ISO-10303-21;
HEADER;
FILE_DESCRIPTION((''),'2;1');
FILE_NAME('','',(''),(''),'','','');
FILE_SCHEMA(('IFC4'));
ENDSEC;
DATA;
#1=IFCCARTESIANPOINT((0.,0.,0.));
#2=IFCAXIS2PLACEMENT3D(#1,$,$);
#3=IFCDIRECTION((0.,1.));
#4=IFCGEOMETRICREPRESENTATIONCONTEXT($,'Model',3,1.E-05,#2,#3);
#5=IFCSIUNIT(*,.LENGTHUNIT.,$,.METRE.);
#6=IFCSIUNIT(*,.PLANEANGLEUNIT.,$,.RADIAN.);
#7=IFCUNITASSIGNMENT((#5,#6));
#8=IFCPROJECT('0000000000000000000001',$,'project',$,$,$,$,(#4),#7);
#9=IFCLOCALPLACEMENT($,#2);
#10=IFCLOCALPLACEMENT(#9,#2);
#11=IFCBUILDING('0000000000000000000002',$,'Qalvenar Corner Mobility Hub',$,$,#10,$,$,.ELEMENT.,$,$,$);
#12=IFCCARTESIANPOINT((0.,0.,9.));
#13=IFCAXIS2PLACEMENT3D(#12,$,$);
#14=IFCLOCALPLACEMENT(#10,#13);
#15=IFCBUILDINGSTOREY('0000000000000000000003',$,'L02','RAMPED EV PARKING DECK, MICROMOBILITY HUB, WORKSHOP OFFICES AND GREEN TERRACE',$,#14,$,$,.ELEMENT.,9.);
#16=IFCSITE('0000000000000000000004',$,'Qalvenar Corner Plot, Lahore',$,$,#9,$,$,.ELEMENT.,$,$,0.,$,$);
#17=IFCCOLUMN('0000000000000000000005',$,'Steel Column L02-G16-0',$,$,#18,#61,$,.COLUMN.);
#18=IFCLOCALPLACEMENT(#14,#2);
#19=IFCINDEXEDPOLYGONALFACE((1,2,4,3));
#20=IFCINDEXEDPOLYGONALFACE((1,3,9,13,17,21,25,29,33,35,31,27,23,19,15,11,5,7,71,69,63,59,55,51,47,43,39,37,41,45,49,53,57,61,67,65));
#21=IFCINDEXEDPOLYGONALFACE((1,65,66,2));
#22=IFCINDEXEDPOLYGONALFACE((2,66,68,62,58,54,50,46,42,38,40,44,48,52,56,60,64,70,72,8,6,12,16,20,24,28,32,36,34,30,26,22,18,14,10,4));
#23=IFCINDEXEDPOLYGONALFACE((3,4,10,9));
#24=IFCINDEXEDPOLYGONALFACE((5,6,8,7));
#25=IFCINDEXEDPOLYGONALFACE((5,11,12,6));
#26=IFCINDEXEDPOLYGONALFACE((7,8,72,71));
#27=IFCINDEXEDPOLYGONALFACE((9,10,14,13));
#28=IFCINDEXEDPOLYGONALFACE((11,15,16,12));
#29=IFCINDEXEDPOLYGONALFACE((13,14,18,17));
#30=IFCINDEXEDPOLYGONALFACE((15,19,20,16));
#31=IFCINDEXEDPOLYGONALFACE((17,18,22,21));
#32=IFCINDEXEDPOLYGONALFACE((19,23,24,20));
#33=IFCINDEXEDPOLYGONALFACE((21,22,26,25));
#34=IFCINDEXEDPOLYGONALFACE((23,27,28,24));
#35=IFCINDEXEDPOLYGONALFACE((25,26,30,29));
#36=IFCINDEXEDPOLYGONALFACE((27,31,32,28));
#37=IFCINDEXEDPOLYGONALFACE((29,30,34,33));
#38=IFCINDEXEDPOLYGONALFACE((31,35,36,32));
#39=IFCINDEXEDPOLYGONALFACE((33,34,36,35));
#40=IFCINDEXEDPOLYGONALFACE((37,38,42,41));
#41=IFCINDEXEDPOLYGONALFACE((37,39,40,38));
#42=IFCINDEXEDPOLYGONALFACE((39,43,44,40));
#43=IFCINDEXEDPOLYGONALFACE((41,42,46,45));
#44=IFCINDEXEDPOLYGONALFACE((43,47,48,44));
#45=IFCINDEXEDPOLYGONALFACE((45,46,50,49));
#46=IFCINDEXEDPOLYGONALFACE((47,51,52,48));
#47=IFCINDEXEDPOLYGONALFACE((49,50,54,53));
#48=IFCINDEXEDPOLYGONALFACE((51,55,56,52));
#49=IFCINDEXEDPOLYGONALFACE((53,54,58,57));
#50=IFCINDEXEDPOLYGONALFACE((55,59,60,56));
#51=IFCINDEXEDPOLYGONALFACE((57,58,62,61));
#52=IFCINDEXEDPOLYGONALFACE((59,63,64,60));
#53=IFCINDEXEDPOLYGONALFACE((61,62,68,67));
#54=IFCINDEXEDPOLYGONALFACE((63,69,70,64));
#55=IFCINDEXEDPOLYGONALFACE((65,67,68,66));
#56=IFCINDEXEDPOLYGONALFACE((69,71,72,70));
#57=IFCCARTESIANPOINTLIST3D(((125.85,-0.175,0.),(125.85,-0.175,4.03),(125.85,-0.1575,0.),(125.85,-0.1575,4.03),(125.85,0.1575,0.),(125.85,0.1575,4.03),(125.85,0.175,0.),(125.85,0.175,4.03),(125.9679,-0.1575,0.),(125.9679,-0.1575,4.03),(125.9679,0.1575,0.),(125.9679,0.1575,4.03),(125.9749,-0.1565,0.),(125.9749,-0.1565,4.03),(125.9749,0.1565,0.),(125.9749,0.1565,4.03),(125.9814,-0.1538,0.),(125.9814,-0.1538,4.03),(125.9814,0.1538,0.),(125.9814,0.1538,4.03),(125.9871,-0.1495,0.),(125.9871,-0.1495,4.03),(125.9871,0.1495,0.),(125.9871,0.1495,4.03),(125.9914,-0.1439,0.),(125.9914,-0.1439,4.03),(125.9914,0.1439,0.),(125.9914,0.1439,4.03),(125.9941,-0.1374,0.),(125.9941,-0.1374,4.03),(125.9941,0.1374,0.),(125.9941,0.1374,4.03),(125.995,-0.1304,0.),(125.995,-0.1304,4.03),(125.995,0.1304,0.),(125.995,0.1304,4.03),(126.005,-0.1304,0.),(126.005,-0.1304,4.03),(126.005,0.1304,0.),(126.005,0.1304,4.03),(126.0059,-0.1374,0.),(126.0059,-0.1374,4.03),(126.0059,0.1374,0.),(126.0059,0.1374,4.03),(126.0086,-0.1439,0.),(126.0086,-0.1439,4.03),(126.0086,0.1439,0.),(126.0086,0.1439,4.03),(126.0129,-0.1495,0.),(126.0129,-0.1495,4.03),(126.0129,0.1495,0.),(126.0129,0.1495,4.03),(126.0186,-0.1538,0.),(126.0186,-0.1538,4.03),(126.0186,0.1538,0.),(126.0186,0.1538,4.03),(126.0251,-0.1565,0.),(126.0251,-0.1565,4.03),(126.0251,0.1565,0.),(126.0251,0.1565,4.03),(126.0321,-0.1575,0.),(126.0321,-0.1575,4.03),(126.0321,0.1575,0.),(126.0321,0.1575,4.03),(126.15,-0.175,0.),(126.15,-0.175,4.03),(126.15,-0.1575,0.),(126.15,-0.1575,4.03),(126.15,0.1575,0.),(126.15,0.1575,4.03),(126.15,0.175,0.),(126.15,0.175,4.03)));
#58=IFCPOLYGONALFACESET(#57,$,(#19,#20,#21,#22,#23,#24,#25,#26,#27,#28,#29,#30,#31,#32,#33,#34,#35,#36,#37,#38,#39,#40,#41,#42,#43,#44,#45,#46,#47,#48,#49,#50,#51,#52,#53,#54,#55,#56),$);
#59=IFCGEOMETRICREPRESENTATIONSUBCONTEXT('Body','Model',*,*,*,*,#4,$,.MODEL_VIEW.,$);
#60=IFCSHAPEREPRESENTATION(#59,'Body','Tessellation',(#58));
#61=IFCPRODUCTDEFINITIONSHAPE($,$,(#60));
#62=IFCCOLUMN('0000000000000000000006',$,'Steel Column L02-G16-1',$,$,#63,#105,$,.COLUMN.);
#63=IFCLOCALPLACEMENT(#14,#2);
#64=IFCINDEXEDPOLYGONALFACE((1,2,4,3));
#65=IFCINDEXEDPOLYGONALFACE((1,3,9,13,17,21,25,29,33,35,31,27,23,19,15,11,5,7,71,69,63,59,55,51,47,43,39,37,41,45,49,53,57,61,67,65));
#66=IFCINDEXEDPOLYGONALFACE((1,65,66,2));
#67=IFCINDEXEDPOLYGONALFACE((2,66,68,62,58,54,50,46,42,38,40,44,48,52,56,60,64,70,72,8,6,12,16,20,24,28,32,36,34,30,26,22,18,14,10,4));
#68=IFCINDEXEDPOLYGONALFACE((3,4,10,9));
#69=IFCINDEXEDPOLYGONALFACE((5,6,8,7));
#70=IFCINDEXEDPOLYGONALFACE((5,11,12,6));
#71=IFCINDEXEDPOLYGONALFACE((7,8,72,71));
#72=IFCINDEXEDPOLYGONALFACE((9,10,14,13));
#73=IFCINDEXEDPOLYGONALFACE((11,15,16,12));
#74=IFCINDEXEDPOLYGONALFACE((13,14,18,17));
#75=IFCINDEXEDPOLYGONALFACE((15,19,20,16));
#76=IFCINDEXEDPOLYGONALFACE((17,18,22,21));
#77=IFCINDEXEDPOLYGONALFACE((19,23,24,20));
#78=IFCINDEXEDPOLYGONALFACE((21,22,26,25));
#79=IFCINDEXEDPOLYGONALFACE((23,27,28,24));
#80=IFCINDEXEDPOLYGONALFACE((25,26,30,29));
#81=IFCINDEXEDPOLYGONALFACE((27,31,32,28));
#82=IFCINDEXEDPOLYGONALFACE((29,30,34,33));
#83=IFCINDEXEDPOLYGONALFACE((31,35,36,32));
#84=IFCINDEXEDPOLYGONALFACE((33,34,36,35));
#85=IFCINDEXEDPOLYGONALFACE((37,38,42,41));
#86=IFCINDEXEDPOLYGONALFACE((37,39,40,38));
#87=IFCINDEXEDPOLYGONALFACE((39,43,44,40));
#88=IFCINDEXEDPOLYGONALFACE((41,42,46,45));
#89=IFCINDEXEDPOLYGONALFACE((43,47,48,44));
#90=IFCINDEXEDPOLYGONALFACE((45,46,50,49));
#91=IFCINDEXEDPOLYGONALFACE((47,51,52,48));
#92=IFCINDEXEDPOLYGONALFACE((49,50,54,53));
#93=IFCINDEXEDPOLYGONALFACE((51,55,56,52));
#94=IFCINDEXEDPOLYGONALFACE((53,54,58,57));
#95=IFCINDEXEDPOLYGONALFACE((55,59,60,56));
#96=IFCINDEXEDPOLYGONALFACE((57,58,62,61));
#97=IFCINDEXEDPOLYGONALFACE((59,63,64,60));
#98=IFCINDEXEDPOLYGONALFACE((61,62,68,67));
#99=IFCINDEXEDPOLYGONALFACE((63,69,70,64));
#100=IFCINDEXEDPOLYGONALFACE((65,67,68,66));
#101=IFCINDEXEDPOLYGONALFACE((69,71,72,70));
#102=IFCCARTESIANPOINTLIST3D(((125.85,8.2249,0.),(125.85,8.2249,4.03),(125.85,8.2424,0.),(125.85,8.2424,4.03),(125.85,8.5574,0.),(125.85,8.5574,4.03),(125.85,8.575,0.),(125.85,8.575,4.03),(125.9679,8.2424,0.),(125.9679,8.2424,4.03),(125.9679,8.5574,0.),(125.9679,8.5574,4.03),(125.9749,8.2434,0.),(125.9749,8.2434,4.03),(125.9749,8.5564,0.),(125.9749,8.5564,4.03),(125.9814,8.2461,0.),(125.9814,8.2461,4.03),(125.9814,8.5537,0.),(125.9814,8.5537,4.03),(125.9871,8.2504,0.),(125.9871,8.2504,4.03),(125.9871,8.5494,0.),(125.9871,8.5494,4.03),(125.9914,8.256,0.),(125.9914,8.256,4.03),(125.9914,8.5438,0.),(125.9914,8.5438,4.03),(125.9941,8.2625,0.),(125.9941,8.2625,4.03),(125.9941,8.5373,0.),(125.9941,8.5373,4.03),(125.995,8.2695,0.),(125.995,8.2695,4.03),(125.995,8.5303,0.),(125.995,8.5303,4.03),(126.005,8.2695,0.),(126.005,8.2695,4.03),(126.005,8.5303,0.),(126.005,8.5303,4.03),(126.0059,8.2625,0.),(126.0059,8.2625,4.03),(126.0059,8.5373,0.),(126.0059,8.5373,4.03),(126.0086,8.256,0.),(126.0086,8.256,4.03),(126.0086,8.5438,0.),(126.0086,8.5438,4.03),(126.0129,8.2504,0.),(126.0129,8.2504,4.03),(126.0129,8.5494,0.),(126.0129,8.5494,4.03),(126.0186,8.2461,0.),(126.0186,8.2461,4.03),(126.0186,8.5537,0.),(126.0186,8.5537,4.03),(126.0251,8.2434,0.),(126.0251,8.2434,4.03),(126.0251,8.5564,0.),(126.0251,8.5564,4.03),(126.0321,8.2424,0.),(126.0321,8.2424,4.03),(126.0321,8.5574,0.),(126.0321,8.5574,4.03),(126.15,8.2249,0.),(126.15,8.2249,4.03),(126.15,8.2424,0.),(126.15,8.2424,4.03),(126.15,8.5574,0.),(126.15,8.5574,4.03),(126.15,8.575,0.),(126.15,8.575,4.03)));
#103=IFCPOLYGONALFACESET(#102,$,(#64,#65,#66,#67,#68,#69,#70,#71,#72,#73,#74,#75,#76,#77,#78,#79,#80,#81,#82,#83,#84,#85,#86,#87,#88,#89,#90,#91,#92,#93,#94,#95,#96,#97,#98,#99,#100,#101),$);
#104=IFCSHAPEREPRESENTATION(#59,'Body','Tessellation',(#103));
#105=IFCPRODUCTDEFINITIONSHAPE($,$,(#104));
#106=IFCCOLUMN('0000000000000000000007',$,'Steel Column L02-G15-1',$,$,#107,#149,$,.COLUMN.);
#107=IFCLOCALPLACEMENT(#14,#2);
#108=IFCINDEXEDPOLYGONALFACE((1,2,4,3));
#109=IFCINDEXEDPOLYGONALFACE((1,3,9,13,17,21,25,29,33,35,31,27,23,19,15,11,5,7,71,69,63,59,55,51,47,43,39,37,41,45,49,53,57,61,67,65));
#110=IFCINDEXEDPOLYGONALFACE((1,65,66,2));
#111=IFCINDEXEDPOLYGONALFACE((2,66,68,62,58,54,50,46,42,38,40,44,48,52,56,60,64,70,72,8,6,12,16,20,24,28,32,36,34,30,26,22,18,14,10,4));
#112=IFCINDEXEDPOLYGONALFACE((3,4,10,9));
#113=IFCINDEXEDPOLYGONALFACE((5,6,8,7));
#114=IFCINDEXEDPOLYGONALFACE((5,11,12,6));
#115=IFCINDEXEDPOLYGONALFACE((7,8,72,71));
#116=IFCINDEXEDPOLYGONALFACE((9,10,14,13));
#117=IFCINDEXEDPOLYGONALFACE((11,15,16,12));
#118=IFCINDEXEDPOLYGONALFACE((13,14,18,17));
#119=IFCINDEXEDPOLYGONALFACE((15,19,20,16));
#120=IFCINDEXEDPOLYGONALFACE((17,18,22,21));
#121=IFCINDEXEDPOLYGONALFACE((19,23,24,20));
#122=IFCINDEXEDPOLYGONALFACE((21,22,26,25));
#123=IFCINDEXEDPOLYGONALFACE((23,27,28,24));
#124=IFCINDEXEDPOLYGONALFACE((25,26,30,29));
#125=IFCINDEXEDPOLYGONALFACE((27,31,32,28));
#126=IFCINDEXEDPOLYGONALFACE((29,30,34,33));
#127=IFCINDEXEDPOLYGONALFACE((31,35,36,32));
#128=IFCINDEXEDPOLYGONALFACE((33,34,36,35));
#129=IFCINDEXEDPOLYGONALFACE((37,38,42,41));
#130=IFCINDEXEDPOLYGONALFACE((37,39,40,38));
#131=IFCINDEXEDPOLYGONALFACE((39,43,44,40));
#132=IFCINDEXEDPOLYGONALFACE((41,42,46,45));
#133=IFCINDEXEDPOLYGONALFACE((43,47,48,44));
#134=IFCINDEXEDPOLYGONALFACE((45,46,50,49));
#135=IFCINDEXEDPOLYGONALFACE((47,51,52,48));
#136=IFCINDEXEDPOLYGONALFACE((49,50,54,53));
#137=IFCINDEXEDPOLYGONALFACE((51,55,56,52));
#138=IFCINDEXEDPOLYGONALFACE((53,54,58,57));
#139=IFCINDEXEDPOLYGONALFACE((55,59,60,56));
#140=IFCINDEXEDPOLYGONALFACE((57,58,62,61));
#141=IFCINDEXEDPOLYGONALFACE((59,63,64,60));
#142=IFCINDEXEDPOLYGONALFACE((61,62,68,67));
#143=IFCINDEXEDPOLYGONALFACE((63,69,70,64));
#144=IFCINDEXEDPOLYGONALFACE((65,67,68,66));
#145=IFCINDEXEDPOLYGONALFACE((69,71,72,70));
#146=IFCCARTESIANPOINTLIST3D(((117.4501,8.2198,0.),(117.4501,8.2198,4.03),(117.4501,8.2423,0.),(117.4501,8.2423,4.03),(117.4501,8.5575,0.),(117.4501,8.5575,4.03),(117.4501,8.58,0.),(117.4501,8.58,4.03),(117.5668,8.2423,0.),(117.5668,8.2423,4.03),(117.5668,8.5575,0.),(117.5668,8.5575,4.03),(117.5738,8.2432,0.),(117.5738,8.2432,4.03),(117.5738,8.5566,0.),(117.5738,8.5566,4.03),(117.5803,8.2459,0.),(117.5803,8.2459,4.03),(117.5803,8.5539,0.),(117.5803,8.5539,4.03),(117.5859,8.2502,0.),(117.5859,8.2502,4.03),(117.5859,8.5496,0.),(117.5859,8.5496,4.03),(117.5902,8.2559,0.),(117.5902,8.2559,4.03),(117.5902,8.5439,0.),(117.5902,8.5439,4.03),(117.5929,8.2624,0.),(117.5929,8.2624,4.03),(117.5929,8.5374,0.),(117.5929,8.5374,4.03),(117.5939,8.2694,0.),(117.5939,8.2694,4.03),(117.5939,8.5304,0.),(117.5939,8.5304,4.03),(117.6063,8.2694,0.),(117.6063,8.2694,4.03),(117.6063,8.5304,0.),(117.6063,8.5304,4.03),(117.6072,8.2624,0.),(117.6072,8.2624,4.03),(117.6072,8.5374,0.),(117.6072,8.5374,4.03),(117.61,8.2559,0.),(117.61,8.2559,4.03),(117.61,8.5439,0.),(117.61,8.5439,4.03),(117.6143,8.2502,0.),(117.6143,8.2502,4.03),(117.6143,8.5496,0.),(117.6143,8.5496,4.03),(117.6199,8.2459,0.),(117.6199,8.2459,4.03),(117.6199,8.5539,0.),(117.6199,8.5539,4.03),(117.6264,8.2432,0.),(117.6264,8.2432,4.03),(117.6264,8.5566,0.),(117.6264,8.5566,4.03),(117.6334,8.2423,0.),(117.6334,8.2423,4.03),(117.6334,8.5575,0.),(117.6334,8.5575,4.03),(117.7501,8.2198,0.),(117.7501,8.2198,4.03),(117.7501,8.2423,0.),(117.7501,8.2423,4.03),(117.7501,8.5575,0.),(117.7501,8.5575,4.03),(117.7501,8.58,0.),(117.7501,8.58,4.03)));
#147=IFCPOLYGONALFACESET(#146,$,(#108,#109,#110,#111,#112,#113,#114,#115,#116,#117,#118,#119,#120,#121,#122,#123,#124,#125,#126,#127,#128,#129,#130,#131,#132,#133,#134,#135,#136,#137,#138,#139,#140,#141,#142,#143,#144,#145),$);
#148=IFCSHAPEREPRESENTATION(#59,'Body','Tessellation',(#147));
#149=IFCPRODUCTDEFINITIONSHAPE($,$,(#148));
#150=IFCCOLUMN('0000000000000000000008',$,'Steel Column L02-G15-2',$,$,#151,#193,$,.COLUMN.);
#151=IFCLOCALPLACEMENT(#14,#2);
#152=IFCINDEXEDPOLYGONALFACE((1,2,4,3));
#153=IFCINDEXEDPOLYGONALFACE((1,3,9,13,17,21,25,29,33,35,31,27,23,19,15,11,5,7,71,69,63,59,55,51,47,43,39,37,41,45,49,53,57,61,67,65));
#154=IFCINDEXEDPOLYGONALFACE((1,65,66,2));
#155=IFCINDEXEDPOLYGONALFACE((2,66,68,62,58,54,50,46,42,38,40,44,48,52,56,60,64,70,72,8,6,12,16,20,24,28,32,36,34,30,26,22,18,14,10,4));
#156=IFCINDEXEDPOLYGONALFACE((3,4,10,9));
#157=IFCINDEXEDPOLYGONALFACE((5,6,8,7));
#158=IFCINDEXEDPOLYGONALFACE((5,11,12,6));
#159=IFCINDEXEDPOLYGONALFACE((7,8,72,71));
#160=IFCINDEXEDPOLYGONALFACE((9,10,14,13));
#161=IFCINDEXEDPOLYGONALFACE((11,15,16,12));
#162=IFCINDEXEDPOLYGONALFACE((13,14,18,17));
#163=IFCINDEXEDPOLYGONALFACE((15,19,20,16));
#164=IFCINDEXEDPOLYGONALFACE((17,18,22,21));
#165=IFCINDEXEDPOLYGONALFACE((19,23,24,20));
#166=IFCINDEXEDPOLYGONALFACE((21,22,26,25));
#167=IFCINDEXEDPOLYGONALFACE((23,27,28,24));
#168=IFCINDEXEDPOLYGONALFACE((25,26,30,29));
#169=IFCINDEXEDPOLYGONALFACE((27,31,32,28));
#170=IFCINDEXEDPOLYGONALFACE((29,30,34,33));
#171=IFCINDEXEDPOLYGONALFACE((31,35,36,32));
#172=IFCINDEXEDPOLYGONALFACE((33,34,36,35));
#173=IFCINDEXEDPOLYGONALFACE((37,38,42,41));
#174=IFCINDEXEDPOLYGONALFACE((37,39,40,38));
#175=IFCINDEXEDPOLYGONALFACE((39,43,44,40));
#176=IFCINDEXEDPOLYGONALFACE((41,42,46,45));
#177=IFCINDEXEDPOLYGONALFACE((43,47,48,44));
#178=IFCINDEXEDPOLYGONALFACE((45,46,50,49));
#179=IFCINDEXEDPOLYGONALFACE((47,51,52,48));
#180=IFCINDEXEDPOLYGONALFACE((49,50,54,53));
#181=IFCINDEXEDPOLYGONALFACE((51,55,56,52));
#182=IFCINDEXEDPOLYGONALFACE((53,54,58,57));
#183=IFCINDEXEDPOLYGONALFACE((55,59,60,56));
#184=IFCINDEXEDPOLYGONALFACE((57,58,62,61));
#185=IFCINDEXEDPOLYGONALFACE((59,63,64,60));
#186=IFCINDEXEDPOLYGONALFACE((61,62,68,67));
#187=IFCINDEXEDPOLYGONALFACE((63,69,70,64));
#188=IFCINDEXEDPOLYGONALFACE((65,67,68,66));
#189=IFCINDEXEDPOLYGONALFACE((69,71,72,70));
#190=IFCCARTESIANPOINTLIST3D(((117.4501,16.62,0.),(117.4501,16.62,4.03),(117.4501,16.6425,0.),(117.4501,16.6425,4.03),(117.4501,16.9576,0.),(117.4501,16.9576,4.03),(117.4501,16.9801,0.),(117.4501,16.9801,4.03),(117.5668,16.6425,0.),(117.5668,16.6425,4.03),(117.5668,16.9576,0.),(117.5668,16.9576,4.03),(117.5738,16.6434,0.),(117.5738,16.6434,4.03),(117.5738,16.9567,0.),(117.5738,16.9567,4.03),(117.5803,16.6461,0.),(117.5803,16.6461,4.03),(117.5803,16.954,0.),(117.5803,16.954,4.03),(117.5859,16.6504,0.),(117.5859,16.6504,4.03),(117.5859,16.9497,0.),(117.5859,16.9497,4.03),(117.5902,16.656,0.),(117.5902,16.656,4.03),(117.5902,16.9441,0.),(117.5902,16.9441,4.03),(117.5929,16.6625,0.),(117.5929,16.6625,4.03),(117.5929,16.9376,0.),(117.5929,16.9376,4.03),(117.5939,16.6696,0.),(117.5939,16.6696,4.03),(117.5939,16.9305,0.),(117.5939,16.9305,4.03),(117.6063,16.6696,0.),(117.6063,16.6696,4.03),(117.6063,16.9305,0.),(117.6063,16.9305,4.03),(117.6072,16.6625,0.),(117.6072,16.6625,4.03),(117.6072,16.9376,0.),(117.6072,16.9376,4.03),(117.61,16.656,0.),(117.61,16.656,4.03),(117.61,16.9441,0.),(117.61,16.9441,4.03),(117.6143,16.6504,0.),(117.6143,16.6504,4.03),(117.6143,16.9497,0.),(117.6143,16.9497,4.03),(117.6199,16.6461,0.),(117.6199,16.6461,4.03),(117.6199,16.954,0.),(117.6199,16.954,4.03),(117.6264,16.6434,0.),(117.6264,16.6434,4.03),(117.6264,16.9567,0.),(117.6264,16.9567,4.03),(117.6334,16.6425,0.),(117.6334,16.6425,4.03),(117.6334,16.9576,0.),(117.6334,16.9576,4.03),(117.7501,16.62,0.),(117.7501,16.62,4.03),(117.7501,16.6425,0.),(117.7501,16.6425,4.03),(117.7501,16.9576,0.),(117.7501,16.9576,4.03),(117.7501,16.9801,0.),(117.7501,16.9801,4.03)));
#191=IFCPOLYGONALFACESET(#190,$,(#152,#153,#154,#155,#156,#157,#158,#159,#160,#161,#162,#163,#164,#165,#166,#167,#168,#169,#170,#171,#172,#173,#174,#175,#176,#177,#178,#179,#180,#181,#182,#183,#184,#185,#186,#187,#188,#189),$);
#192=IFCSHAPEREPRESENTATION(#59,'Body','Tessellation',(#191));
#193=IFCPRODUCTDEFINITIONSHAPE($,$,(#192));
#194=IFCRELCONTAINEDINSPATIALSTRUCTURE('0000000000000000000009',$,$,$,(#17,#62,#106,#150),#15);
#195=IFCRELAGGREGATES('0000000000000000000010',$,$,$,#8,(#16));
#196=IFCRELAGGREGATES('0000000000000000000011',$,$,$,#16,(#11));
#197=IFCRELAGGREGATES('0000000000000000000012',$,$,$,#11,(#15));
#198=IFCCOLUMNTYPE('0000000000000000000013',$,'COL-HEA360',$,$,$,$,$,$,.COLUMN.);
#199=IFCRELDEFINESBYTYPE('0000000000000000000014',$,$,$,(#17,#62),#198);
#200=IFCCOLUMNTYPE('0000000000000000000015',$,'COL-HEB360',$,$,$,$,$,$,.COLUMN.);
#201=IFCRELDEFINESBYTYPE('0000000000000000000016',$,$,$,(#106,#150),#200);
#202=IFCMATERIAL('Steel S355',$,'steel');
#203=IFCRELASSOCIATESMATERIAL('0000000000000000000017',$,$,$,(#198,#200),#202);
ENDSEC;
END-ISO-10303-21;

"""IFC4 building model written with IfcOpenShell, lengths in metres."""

from ifc_helpers import new_model, si_unit, direction, frame, origin, origin_2d, place, context, subcontext, project, spatial, i_section, extrude, material, material_profile, profile_set, type_object, element, save


model = new_model("IFC4")

# Units and contexts
model_context = context("Model", 3, precision=1e-05, world=origin(), true_north=direction((0.0, 1.0)))
body_context = subcontext(model_context, "Body", "Model", "MODEL_VIEW")
ifc_project = project(units=[si_unit("LENGTHUNIT", "METRE"), si_unit("PLANEANGLEUNIT", "RADIAN")], contexts=[model_context])

# Site, building, storey
site_placement = place(None, origin())
site = spatial("IfcSite", under=ifc_project, at=site_placement, Name="Qalvenar Corner Plot, Lahore", CompositionType="ELEMENT", RefElevation=0.0)
building_placement = place(site_placement, origin())
building = spatial("IfcBuilding", under=site, at=building_placement, Name="Qalvenar Corner Mobility Hub", CompositionType="ELEMENT")
storey_placement = place(building_placement, frame((0.0, 0.0, 9.0)))
storey = spatial("IfcBuildingStorey", under=building, at=storey_placement, Name="L02", Description="RAMPED EV PARKING DECK, MICROMOBILITY HUB, WORKSHOP OFFICES AND GREEN TERRACE", CompositionType="ELEMENT", Elevation=9.0)

# Columns
ifc_material_1 = material(Name="Steel S355", Category="steel")
ifc_material_profile_1 = material_profile(ifc_material_1, i_section(OverallWidth=0.3, OverallDepth=0.3501, WebThickness=0.01, FlangeThickness=0.0176, FilletRadius=0.0271, at=origin_2d()), Name="HEA360")
ifc_profile_set_1 = profile_set([ifc_material_profile_1], Name="Steel S355")
column_type_1 = type_object("IfcColumnType", Name="COL-HEA360", PredefinedType="COLUMN", material=ifc_profile_set_1)
for number, where, z_axis, x_axis, name in (
    (1, (126.0, 0.0, 0.0), (0.0, 0.0, 1.0), (1.0, 0.0, 0.0), "Steel Column L02-G16-0"),
    (2, (126.0, 8.3999, 0.0), (0.0, 0.0, 1.0), (1.0, 0.0, 0.0), "Steel Column L02-G16-1"),
):
    element("IfcColumn", number, at=place(storey_placement, frame(where, z_axis=z_axis, x_axis=x_axis)), inside=storey, type_object=column_type_1, Name=name, PredefinedType="COLUMN", context=body_context, shape_type="SweptSolid", body=[
        extrude(i_section(OverallWidth=0.3, OverallDepth=0.3501, WebThickness=0.01, FlangeThickness=0.0176, FilletRadius=0.0271, at=origin_2d()), origin(), (0.0, 0.0, 1.0), 4.03),
    ])
ifc_material_profile_2 = material_profile(ifc_material_1, i_section(OverallWidth=0.3, OverallDepth=0.3601, WebThickness=0.0125, FlangeThickness=0.0225, FilletRadius=0.0271, at=origin_2d()), Name="HEB360")
ifc_profile_set_2 = profile_set([ifc_material_profile_2], Name="Steel S355")
column_type_2 = type_object("IfcColumnType", Name="COL-HEB360", PredefinedType="COLUMN", material=ifc_profile_set_2)
for number, where, z_axis, x_axis, name in (
    (3, (117.6001, 8.3999, 0.0), (0.0, 0.0, 1.0), (1.0, 0.0, 0.0), "Steel Column L02-G15-1"),
    (4, (117.6001, 16.8, 0.0), (0.0, 0.0, 1.0), (1.0, 0.0, 0.0), "Steel Column L02-G15-2"),
):
    element("IfcColumn", number, at=place(storey_placement, frame(where, z_axis=z_axis, x_axis=x_axis)), inside=storey, type_object=column_type_2, Name=name, PredefinedType="COLUMN", context=body_context, shape_type="SweptSolid", body=[
        extrude(i_section(OverallWidth=0.3, OverallDepth=0.3601, WebThickness=0.0125, FlangeThickness=0.0225, FilletRadius=0.0271, at=origin_2d()), origin(), (0.0, 0.0, 1.0), 4.03),
    ])

save(model, "model.ifc")
